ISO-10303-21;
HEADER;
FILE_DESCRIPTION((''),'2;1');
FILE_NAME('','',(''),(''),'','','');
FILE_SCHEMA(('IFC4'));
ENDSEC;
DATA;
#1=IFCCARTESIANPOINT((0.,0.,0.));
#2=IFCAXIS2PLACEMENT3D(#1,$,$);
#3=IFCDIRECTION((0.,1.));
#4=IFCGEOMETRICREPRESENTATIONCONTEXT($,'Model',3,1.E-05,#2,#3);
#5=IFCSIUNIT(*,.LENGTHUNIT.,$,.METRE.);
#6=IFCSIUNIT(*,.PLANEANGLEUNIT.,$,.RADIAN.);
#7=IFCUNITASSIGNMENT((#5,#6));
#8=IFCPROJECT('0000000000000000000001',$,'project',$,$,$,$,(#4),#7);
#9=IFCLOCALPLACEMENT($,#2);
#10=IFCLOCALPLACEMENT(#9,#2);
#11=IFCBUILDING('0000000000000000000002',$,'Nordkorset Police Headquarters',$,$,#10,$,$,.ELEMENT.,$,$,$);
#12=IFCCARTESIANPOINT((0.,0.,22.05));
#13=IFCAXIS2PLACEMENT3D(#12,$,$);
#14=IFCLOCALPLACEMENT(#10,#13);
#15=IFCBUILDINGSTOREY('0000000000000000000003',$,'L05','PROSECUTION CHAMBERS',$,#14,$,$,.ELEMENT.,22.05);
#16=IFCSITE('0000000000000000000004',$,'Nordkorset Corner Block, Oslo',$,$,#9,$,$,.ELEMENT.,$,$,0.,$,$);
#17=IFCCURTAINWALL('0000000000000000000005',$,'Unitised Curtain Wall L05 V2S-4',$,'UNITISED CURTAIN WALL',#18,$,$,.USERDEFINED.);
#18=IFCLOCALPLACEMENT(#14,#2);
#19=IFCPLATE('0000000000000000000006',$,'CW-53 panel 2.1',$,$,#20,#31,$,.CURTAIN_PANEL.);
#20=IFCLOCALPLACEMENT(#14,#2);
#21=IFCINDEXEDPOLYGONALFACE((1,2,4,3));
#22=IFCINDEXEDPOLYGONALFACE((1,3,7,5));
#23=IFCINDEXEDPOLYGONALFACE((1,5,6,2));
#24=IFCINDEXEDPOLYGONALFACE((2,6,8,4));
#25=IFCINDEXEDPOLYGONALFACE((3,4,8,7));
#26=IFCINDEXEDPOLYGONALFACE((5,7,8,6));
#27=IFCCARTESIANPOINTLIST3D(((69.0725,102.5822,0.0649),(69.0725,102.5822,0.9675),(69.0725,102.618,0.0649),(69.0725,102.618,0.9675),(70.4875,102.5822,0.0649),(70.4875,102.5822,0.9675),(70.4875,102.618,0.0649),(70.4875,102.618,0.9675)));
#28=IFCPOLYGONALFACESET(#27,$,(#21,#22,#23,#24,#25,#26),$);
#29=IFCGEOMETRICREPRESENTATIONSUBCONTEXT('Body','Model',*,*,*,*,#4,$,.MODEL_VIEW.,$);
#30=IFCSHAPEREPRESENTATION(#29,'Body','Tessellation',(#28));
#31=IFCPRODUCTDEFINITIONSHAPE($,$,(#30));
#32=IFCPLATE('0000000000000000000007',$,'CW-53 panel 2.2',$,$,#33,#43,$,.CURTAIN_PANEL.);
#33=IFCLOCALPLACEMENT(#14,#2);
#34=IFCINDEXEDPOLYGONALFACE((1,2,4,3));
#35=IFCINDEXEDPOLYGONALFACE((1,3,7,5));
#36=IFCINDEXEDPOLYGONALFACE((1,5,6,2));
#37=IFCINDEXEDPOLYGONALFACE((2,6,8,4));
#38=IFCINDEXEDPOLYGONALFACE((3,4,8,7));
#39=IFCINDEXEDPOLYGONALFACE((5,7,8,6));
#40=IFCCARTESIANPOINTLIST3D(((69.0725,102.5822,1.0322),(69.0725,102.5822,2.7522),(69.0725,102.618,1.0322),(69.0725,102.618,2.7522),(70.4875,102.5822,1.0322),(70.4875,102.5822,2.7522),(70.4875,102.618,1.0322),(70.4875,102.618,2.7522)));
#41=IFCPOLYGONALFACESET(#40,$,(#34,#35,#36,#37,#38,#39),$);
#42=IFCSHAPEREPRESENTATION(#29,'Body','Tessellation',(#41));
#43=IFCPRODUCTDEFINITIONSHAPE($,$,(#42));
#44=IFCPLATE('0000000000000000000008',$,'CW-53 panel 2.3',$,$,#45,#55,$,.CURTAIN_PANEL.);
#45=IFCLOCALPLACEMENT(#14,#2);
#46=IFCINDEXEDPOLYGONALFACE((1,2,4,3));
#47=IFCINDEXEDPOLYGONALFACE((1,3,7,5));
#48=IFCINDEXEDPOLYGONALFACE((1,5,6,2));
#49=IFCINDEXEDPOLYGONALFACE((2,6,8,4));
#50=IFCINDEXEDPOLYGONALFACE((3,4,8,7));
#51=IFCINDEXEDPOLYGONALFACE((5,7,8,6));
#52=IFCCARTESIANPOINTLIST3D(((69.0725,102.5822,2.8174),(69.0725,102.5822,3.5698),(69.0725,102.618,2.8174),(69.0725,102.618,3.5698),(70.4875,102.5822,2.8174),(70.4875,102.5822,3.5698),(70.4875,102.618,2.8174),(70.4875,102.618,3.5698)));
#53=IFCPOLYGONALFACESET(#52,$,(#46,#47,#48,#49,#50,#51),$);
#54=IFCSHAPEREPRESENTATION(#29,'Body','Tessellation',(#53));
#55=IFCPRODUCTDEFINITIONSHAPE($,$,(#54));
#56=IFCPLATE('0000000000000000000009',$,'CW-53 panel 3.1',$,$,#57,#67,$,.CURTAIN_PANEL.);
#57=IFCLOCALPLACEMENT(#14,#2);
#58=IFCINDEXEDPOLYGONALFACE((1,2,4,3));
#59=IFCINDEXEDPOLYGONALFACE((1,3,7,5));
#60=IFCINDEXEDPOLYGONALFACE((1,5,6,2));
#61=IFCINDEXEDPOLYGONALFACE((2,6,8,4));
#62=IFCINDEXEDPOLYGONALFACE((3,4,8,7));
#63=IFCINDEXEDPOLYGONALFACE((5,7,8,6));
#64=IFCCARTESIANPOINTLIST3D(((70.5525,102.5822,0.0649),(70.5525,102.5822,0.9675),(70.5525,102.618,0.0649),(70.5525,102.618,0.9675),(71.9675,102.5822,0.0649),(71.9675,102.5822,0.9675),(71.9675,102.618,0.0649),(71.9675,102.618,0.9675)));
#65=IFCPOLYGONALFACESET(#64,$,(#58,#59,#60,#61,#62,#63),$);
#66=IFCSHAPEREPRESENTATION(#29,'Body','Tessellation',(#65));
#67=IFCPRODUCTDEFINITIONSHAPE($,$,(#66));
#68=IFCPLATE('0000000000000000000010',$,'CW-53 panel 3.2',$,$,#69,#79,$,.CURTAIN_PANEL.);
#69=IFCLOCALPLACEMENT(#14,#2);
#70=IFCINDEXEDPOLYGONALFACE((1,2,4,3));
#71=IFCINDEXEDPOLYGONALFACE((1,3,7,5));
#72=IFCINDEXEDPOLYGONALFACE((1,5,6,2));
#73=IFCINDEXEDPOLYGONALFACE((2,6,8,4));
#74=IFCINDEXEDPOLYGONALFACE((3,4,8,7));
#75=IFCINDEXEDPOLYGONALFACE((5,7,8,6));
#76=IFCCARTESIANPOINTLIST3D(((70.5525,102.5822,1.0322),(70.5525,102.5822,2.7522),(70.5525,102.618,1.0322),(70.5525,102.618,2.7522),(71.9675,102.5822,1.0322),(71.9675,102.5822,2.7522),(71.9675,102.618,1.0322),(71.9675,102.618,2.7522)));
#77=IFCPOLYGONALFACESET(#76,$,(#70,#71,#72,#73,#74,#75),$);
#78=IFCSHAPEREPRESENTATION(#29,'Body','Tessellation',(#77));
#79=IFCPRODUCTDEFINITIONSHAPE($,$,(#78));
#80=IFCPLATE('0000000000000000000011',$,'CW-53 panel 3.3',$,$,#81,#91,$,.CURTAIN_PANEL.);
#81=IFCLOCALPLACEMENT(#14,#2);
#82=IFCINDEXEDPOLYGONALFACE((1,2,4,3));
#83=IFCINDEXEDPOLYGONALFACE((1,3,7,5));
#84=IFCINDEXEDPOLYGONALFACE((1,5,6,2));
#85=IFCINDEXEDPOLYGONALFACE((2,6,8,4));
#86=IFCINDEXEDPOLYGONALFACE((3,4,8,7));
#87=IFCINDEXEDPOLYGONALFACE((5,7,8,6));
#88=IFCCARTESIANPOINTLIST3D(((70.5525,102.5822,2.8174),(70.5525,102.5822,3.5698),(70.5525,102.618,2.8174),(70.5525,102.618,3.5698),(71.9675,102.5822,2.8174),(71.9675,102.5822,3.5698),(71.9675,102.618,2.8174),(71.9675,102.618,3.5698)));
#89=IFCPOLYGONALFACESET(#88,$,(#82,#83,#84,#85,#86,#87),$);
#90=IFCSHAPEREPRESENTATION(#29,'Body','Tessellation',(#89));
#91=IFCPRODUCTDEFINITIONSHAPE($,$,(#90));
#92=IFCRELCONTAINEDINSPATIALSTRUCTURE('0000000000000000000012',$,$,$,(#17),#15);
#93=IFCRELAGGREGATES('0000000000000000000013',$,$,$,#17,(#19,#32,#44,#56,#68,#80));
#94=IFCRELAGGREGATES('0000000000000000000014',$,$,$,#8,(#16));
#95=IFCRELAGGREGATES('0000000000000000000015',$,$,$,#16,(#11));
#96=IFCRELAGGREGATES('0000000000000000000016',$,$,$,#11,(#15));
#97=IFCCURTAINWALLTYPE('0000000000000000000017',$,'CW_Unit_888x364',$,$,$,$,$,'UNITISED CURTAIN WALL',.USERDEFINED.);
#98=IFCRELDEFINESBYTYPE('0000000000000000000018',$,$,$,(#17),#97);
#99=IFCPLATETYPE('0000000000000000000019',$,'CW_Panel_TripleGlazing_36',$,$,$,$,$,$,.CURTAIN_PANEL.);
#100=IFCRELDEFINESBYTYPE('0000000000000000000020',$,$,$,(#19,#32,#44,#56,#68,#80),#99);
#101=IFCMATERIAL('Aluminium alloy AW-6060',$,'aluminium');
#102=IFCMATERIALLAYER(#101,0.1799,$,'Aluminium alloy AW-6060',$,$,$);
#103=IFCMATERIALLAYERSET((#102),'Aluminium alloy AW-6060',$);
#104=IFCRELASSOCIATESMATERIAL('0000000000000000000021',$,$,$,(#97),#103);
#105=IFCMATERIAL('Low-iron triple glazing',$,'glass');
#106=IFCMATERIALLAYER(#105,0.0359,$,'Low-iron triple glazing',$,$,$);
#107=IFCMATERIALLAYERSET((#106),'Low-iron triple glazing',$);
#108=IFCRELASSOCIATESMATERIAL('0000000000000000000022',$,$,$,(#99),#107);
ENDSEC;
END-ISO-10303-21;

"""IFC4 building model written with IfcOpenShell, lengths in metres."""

from ifc_helpers import new_model, si_unit, direction, frame, origin, origin_2d, place, context, subcontext, project, spatial, rectangle, extrude, material, layer, layer_set, type_object, element, aggregate, save


model = new_model("IFC4")

# Units and contexts
model_context = context("Model", 3, precision=1e-05, world=origin(), true_north=direction((0.0, 1.0)))
body_context = subcontext(model_context, "Body", "Model", "MODEL_VIEW")
ifc_project = project(units=[si_unit("LENGTHUNIT", "METRE"), si_unit("PLANEANGLEUNIT", "RADIAN")], contexts=[model_context])

# Site, building, storey
site_placement = place(None, origin())
site = spatial("IfcSite", under=ifc_project, at=site_placement, Name="Nordkorset Corner Block, Oslo", CompositionType="ELEMENT", RefElevation=0.0)
building_placement = place(site_placement, origin())
building = spatial("IfcBuilding", under=site, at=building_placement, Name="Nordkorset Police Headquarters", CompositionType="ELEMENT")
storey_placement = place(building_placement, frame((0.0, 0.0, 22.05)))
storey = spatial("IfcBuildingStorey", under=building, at=storey_placement, Name="L05", Description="PROSECUTION CHAMBERS", CompositionType="ELEMENT", Elevation=22.05)

# Curtain wall
ifc_material_1 = material(Name="Aluminium alloy AW-6060", Category="aluminium")
ifc_layer_1 = layer(ifc_material_1, 0.1799, Name="Aluminium alloy AW-6060")
ifc_layer_set_1 = layer_set([ifc_layer_1], Name="Aluminium alloy AW-6060")
curtain_wall_type = type_object("IfcCurtainWallType", Name="CW_Unit_888x364", ElementType="UNITISED CURTAIN WALL", PredefinedType="USERDEFINED", material=ifc_layer_set_1)
curtain_wall_placement = place(storey_placement, origin())
curtain_wall = element("IfcCurtainWall", 1, at=curtain_wall_placement, inside=storey, type_object=curtain_wall_type, Name="Unitised Curtain Wall L05 V2S-4", ObjectType="UNITISED CURTAIN WALL", PredefinedType="USERDEFINED")

# Plates
ifc_material_2 = material(Name="Low-iron triple glazing", Category="glass")
ifc_layer_2 = layer(ifc_material_2, 0.0359, Name="Low-iron triple glazing")
ifc_layer_set_2 = layer_set([ifc_layer_2], Name="Low-iron triple glazing")
plate_type = type_object("IfcPlateType", Name="CW_Panel_TripleGlazing_36", PredefinedType="CURTAIN_PANEL", material=ifc_layer_set_2)
plate_1_placement = place(storey_placement, frame((69.78, 102.6001, 0.0649), z_axis=(0.0, 0.0, 1.0), x_axis=(1.0, 0.0, 0.0)))
plate_1 = element("IfcPlate", 2, at=plate_1_placement, type_object=plate_type, Name="CW-53 panel 2.1", PredefinedType="CURTAIN_PANEL", context=body_context, shape_type="SweptSolid", body=[
    extrude(rectangle(XDim=1.415, YDim=0.0359, at=origin_2d()), origin(), (0.0, 0.0, 1.0), 0.9026),
])
plate_2_placement = place(storey_placement, frame((69.78, 102.6001, 1.0322), z_axis=(0.0, 0.0, 1.0), x_axis=(1.0, 0.0, 0.0)))
plate_2 = element("IfcPlate", 3, at=plate_2_placement, type_object=plate_type, Name="CW-53 panel 2.2", PredefinedType="CURTAIN_PANEL", context=body_context, shape_type="SweptSolid", body=[
    extrude(rectangle(XDim=1.415, YDim=0.0359, at=origin_2d()), origin(), (0.0, 0.0, 1.0), 1.72),
])
plate_3_placement = place(storey_placement, frame((69.78, 102.6001, 2.8174), z_axis=(0.0, 0.0, 1.0), x_axis=(1.0, 0.0, 0.0)))
plate_3 = element("IfcPlate", 4, at=plate_3_placement, type_object=plate_type, Name="CW-53 panel 2.3", PredefinedType="CURTAIN_PANEL", context=body_context, shape_type="SweptSolid", body=[
    extrude(rectangle(XDim=1.415, YDim=0.0359, at=origin_2d()), origin(), (0.0, 0.0, 1.0), 0.7524),
])
plate_4_placement = place(storey_placement, frame((71.26, 102.6001, 0.0649), z_axis=(0.0, 0.0, 1.0), x_axis=(1.0, 0.0, 0.0)))
plate_4 = element("IfcPlate", 5, at=plate_4_placement, type_object=plate_type, Name="CW-53 panel 3.1", PredefinedType="CURTAIN_PANEL", context=body_context, shape_type="SweptSolid", body=[
    extrude(rectangle(XDim=1.415, YDim=0.0359, at=origin_2d()), origin(), (0.0, 0.0, 1.0), 0.9026),
])
plate_5_placement = place(storey_placement, frame((71.26, 102.6001, 1.0322), z_axis=(0.0, 0.0, 1.0), x_axis=(1.0, 0.0, 0.0)))
plate_5 = element("IfcPlate", 6, at=plate_5_placement, type_object=plate_type, Name="CW-53 panel 3.2", PredefinedType="CURTAIN_PANEL", context=body_context, shape_type="SweptSolid", body=[
    extrude(rectangle(XDim=1.415, YDim=0.0359, at=origin_2d()), origin(), (0.0, 0.0, 1.0), 1.72),
])
plate_6_placement = place(storey_placement, frame((71.26, 102.6001, 2.8174), z_axis=(0.0, 0.0, 1.0), x_axis=(1.0, 0.0, 0.0)))
plate_6 = element("IfcPlate", 7, at=plate_6_placement, type_object=plate_type, Name="CW-53 panel 3.3", PredefinedType="CURTAIN_PANEL", context=body_context, shape_type="SweptSolid", body=[
    extrude(rectangle(XDim=1.415, YDim=0.0359, at=origin_2d()), origin(), (0.0, 0.0, 1.0), 0.7524),
])
aggregate(curtain_wall, [plate_1, plate_2, plate_3, plate_4, plate_5, plate_6])

save(model, "model.ifc")
